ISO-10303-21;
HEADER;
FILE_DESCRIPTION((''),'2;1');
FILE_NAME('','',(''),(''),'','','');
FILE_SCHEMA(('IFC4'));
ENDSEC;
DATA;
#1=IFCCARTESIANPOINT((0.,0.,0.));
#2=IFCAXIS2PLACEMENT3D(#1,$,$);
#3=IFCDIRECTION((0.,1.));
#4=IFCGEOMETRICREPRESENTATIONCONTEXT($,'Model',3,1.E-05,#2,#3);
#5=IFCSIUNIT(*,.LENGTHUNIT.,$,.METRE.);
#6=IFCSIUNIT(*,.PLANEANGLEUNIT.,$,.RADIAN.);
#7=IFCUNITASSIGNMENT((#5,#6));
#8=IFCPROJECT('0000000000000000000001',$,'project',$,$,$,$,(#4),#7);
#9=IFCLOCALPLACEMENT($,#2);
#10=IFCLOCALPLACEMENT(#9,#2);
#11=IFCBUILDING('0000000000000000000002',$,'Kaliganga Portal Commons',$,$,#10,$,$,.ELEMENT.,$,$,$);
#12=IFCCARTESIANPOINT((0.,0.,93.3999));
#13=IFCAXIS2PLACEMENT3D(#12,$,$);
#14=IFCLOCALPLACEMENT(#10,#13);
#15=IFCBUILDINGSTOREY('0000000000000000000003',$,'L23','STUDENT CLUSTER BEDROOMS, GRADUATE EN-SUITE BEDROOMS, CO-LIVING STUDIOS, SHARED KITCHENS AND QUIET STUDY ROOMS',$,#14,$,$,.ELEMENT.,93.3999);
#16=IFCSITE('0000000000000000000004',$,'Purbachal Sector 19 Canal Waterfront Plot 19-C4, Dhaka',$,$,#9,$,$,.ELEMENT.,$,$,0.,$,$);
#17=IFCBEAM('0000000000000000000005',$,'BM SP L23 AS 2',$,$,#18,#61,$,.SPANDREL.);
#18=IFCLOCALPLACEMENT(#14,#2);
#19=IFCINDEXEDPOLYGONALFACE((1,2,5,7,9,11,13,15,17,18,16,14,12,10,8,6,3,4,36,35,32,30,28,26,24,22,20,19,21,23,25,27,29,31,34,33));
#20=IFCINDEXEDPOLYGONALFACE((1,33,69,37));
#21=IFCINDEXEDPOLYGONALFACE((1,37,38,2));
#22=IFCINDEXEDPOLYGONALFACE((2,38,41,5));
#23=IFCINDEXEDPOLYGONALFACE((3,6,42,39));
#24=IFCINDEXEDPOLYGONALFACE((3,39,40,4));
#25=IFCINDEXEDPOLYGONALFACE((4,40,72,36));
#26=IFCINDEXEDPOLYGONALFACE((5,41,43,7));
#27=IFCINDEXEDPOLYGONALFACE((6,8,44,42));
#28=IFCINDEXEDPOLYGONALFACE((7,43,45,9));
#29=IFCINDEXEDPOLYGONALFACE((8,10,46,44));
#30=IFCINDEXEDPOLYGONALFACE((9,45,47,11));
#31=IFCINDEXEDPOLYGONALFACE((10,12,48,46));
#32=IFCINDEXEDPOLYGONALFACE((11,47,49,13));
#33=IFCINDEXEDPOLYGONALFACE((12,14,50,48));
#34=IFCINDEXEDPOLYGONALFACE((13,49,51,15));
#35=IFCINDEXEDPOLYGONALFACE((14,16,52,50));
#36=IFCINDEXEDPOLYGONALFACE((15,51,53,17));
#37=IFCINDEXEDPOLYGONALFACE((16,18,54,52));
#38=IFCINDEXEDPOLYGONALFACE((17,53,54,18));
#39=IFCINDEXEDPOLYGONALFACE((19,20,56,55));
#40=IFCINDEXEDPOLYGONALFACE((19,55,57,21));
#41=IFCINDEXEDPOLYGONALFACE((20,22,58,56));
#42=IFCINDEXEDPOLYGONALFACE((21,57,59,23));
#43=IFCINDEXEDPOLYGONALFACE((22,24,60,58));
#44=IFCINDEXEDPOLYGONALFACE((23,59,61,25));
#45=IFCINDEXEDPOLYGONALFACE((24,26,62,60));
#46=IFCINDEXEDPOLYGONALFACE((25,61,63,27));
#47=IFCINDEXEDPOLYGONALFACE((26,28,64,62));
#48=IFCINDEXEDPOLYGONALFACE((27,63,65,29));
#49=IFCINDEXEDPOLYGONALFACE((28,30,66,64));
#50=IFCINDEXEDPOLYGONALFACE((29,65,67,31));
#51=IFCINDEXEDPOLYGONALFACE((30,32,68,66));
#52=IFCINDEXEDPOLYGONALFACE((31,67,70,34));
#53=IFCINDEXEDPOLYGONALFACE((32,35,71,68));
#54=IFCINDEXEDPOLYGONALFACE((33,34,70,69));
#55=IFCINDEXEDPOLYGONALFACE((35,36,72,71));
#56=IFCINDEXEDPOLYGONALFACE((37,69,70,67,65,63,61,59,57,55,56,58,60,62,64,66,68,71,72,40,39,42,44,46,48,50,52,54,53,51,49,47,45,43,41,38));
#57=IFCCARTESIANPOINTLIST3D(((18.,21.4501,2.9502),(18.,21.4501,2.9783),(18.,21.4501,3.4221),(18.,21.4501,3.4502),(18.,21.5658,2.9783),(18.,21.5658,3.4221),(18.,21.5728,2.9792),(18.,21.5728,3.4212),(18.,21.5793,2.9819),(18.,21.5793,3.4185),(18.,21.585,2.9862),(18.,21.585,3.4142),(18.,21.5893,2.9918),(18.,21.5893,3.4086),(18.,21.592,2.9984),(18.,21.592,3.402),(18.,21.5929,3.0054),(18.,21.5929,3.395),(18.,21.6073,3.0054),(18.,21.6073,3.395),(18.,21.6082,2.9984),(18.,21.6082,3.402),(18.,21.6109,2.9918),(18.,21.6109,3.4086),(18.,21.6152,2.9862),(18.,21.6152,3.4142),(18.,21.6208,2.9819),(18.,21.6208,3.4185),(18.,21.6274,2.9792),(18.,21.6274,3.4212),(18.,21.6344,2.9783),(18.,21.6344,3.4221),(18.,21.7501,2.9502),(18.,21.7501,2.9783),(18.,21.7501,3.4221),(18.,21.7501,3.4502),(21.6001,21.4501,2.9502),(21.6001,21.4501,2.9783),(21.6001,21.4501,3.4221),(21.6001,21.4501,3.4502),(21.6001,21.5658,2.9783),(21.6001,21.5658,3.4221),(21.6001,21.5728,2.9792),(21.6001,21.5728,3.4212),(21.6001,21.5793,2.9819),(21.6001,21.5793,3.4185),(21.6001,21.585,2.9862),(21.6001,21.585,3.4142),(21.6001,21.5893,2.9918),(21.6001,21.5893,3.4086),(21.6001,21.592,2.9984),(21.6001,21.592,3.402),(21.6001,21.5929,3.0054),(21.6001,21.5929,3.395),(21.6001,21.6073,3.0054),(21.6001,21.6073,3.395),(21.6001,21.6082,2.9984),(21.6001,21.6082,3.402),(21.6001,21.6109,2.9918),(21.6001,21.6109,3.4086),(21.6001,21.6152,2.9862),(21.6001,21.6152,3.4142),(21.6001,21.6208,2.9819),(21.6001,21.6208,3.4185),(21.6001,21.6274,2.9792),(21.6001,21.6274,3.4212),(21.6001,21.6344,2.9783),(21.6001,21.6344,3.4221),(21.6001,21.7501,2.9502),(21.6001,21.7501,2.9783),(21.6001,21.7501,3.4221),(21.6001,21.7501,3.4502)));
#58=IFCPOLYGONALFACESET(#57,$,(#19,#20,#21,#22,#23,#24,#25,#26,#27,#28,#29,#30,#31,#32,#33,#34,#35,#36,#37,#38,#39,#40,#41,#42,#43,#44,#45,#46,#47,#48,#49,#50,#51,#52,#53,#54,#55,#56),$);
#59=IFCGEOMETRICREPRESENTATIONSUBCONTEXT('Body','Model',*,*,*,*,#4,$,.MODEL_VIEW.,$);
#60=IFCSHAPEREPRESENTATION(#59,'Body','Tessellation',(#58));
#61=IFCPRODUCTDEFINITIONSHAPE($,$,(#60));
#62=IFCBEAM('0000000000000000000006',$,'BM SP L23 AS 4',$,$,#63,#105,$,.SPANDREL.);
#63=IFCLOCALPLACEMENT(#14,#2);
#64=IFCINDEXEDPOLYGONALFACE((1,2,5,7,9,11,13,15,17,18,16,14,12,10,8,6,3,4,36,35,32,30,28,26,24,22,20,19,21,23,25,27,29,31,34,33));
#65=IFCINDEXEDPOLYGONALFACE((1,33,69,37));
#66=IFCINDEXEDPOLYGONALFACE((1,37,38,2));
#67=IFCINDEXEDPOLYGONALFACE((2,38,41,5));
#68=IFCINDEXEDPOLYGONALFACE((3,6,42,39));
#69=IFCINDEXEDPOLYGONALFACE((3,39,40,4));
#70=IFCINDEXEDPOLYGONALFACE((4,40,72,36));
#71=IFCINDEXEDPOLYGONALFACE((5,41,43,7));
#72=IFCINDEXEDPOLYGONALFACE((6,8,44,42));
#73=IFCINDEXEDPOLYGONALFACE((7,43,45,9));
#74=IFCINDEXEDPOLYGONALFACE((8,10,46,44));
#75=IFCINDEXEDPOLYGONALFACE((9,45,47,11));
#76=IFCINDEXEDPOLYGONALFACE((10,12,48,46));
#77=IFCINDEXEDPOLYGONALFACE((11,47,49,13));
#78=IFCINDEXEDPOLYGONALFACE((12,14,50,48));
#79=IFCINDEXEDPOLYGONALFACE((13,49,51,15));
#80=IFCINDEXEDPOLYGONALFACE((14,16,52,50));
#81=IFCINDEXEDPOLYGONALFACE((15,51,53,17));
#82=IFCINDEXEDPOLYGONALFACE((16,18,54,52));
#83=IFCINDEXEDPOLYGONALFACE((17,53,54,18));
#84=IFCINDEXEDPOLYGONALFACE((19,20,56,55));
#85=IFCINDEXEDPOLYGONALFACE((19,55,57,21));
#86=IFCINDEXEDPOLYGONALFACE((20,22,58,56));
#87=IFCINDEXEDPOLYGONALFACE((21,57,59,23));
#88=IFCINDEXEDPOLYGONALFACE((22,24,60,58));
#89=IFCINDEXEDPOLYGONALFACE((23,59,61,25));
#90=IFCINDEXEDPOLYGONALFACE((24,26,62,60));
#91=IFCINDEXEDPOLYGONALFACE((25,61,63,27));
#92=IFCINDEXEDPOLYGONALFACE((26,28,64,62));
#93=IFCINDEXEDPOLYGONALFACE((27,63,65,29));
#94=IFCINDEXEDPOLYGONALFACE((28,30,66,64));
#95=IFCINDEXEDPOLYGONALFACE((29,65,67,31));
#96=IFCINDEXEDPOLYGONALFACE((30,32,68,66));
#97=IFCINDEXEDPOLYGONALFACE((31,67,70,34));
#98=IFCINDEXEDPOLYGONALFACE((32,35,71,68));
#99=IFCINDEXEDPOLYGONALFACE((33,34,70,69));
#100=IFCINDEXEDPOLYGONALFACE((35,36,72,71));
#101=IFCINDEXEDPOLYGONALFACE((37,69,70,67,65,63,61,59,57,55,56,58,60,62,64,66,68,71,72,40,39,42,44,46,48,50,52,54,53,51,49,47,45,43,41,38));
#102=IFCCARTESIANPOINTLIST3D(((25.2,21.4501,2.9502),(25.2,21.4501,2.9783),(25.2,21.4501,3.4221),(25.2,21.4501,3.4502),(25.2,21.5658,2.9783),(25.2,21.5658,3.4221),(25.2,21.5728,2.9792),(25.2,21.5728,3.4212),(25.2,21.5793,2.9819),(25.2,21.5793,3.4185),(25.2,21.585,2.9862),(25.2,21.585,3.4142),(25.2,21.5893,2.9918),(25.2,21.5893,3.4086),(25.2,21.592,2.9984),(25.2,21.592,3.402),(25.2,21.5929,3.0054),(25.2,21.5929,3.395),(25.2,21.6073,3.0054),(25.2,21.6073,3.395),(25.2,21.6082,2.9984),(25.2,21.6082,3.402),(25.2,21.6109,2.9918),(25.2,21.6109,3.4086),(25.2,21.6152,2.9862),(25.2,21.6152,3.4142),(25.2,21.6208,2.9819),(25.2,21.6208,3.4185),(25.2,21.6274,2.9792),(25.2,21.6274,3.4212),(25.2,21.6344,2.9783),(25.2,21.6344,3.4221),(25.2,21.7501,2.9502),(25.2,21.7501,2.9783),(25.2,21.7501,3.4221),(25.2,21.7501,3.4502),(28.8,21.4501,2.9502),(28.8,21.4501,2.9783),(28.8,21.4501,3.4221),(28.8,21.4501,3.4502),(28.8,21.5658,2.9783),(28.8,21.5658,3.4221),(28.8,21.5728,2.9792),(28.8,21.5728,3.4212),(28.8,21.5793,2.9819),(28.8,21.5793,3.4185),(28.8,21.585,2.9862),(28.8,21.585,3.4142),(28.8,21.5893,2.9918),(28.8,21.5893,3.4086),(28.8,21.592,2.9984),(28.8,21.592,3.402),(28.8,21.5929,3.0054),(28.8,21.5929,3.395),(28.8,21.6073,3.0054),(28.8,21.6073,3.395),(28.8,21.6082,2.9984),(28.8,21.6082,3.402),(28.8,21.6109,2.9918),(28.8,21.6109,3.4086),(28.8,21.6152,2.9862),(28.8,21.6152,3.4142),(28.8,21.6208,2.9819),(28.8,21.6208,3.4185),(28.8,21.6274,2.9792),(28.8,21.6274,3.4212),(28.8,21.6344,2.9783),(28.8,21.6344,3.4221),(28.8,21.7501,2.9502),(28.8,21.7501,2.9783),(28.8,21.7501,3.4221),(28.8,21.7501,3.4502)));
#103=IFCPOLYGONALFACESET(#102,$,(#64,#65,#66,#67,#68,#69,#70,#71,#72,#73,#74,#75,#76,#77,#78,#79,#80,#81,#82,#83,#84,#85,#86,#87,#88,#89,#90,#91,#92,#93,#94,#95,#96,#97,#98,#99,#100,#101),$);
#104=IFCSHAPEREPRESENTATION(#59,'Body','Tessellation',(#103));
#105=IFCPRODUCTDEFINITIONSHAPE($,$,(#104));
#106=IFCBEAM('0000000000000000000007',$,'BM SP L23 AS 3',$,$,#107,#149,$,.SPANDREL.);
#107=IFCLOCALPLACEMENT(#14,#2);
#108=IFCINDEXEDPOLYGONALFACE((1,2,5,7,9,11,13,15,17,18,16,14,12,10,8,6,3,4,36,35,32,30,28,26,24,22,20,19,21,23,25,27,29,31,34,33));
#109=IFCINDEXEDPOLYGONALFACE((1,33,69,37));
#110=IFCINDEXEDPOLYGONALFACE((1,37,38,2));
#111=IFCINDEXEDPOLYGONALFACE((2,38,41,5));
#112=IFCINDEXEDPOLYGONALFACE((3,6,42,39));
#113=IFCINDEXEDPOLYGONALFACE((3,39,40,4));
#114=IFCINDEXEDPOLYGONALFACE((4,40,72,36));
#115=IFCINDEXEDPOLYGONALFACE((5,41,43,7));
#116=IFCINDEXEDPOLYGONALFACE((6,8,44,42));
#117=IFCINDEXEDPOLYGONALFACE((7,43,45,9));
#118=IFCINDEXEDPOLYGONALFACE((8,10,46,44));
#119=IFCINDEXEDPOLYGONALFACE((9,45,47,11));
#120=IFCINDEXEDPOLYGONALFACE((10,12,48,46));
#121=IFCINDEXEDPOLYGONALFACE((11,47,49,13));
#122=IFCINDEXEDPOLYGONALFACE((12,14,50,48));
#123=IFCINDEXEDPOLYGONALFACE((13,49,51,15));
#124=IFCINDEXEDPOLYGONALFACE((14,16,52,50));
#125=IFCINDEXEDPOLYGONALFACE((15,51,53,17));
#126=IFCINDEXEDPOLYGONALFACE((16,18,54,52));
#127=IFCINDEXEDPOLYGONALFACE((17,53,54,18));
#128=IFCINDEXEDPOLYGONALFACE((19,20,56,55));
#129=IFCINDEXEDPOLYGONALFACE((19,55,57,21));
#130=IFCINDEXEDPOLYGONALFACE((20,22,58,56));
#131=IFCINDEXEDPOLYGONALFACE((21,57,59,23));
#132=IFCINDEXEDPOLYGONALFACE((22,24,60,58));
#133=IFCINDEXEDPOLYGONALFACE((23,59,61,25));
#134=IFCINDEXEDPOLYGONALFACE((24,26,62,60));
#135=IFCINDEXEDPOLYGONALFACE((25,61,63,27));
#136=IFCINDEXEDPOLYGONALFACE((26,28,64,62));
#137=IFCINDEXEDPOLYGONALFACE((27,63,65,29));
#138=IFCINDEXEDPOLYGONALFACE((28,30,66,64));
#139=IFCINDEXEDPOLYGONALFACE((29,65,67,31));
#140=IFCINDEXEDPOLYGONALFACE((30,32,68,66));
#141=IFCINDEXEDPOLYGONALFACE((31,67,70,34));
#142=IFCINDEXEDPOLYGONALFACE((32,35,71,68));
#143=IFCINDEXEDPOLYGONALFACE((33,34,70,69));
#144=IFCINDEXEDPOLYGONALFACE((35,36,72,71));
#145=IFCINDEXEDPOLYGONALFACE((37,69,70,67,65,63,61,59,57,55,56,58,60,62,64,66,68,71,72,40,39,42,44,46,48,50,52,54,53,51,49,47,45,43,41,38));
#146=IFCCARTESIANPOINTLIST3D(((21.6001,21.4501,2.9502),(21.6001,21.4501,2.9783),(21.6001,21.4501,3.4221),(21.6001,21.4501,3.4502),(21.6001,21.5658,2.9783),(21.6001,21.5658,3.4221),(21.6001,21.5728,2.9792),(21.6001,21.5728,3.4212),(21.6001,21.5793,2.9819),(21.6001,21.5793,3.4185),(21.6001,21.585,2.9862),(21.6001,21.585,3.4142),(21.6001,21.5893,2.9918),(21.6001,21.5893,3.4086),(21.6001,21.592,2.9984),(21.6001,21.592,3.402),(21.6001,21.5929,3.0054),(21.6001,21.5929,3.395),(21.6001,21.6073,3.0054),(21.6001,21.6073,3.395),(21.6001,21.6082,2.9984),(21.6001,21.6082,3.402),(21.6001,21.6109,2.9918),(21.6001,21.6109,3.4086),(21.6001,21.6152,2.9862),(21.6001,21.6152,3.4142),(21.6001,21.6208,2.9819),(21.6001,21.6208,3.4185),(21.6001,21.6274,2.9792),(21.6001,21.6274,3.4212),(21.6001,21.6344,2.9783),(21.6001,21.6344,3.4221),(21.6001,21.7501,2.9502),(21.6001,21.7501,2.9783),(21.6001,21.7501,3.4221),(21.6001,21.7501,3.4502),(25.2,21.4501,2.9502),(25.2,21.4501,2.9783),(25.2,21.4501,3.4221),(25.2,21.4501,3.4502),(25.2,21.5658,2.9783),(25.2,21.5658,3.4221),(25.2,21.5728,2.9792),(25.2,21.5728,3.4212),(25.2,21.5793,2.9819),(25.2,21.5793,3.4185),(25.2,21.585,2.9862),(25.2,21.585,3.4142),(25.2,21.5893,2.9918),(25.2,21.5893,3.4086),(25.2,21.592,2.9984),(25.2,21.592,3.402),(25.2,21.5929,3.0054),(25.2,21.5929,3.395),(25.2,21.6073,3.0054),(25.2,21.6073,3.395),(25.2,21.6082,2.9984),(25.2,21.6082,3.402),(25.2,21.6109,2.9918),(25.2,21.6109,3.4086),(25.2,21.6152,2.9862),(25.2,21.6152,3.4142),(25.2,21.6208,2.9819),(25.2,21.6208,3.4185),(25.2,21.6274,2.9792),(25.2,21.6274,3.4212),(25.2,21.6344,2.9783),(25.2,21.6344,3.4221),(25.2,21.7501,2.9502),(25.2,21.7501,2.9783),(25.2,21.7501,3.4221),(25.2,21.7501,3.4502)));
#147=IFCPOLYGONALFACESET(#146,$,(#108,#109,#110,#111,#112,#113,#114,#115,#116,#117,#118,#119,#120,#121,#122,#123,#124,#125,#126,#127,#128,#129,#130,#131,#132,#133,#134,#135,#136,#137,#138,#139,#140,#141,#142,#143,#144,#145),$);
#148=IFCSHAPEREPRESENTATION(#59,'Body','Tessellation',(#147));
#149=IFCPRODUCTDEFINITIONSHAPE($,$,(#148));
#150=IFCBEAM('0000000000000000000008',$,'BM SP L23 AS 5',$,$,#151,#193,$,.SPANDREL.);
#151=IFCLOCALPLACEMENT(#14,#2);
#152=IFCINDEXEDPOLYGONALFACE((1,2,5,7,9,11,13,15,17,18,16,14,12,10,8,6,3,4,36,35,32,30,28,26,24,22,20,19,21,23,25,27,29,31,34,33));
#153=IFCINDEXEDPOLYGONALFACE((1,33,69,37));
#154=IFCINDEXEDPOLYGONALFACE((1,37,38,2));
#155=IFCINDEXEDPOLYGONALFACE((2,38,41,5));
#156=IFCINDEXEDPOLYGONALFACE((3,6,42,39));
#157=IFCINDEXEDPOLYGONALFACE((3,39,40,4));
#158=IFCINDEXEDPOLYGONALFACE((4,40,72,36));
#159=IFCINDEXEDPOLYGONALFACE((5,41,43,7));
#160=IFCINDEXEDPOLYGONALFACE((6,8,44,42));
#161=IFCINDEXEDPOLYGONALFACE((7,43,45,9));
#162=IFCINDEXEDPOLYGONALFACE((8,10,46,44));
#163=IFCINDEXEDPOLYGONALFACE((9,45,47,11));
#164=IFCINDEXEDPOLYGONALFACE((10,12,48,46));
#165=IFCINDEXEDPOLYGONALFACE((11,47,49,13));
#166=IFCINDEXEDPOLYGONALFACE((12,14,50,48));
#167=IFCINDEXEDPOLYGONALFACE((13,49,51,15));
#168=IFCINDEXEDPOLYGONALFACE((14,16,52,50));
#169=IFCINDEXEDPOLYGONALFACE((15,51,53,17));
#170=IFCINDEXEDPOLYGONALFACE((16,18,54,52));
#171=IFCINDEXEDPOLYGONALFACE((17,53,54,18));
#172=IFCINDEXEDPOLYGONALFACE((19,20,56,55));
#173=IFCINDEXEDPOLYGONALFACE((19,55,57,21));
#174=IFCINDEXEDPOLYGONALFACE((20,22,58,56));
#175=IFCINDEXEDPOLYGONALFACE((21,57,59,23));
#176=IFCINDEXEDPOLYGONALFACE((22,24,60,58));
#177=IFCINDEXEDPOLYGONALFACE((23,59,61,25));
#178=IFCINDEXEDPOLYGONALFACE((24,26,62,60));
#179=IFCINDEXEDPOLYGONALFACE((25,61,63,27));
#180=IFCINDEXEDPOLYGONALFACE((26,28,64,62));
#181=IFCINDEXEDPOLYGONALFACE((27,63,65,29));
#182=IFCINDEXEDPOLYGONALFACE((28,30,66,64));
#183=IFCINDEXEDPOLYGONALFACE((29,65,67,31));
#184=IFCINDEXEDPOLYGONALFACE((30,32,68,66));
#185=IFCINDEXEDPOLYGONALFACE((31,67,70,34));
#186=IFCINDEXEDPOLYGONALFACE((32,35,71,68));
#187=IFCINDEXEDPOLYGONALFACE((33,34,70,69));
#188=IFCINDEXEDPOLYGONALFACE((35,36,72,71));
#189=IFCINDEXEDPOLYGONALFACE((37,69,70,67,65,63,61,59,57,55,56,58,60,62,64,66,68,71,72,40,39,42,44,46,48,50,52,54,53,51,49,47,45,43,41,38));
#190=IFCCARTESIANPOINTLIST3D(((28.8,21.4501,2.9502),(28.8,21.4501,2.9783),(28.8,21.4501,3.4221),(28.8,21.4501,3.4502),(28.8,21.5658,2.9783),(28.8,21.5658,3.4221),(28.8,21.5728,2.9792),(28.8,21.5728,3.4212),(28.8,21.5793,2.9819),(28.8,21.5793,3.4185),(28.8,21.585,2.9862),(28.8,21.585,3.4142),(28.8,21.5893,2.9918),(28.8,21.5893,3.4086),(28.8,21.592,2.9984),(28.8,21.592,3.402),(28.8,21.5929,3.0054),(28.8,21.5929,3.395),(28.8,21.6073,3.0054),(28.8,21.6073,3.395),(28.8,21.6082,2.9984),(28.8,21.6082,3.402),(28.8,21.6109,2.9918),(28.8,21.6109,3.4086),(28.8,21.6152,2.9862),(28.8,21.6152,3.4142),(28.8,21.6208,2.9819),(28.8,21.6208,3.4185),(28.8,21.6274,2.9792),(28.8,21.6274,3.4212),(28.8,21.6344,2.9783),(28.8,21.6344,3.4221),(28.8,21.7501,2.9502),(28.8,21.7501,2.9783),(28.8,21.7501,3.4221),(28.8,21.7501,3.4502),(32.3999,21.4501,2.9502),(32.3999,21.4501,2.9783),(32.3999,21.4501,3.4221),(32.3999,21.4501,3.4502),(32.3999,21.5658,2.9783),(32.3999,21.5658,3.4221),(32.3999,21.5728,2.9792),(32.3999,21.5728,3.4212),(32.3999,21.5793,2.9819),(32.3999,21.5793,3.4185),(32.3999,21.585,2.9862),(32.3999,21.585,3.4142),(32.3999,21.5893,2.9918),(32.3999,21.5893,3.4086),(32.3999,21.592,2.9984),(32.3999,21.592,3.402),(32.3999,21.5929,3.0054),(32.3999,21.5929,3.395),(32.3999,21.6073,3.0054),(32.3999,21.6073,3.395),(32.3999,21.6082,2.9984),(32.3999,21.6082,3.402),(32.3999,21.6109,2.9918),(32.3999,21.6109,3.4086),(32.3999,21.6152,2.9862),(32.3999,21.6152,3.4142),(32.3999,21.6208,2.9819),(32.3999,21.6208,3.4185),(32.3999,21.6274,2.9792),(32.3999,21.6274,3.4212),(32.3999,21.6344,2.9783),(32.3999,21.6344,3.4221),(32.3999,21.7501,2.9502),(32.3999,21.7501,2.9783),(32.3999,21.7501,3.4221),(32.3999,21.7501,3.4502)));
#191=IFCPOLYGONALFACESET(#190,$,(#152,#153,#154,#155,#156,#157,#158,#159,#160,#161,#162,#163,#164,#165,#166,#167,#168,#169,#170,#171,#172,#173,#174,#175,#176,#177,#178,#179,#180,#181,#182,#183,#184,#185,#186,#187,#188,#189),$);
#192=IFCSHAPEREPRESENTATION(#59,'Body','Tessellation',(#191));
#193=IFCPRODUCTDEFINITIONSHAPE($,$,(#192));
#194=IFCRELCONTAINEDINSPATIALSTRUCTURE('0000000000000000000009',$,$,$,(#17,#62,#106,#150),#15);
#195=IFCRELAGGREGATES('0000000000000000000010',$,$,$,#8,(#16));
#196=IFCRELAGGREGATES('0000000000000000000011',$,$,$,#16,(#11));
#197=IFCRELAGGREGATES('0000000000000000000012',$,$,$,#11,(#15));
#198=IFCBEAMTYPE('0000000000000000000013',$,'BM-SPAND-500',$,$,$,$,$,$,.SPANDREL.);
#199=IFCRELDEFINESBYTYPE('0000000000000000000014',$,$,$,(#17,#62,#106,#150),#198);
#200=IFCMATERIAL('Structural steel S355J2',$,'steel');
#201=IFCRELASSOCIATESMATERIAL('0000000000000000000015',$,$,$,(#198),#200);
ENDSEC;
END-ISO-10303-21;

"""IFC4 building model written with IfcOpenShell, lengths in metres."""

from ifc_helpers import new_model, si_unit, direction, frame, origin, origin_2d, place, context, subcontext, project, spatial, i_section, extrude, source, transform, mapped, material, material_profile, profile_set, type_object, element, save


model = new_model("IFC4")

# Units and contexts
model_context = context("Model", 3, precision=1e-05, world=origin(), true_north=direction((0.0, 1.0)))
body_context = subcontext(model_context, "Body", "Model", "MODEL_VIEW")
ifc_project = project(units=[si_unit("LENGTHUNIT", "METRE"), si_unit("PLANEANGLEUNIT", "RADIAN")], contexts=[model_context])

# Site, building, storey
site_placement = place(None, origin())
site = spatial("IfcSite", under=ifc_project, at=site_placement, Name="Purbachal Sector 19 Canal Waterfront Plot 19-C4, Dhaka", CompositionType="ELEMENT", RefElevation=0.0)
building_placement = place(site_placement, origin())
building = spatial("IfcBuilding", under=site, at=building_placement, Name="Kaliganga Portal Commons", CompositionType="ELEMENT")
storey_placement = place(building_placement, frame((0.0, 0.0, 93.3999)))
storey = spatial("IfcBuildingStorey", under=building, at=storey_placement, Name="L23", Description="STUDENT CLUSTER BEDROOMS, GRADUATE EN-SUITE BEDROOMS, CO-LIVING STUDIOS, SHARED KITCHENS AND QUIET STUDY ROOMS", CompositionType="ELEMENT", Elevation=93.3999)

# Beams
ifc_material_1 = material(Name="Structural steel S355J2", Category="steel")
ifc_material_profile_1 = material_profile(ifc_material_1, i_section(OverallWidth=0.3, OverallDepth=0.5, WebThickness=0.0144, FlangeThickness=0.0281, FilletRadius=0.0271, at=origin_2d()), Name="HE 500 B")
ifc_profile_set_1 = profile_set([ifc_material_profile_1], Name="Structural steel S355J2 wide-flange")
beam_type_1 = type_object("IfcBeamType", Name="BM-SPAND-500", PredefinedType="SPANDREL", material=ifc_profile_set_1)
shared_shape_1 = source(origin(), body_context, "Body", "SweptSolid", [
    extrude(i_section(OverallWidth=0.3, OverallDepth=0.5, WebThickness=0.0144, FlangeThickness=0.0281, FilletRadius=0.0271, at=origin_2d()), origin(), (0.0, 0.0, 1.0), 3.6001),
])
for number, where, z_axis, x_axis, name in (
    (1, (18.0, 21.6001, 3.2002), (1.0, 0.0, 0.0), (0.0, 1.0, 0.0), "BM SP L23 AS 2"),
    (2, (25.2, 21.6001, 3.2002), (1.0, 0.0, 0.0), (0.0, 1.0, 0.0), "BM SP L23 AS 4"),
):
    element("IfcBeam", number, at=place(storey_placement, frame(where, z_axis=z_axis, x_axis=x_axis)), inside=storey, type_object=beam_type_1, Name=name, PredefinedType="SPANDREL", context=body_context, shape_type="MappedRepresentation", body=[
        mapped(shared_shape_1, transform((0.0, 0.0, 0.0), x_axis=(1.0, 0.0, 0.0), y_axis=(0.0, 1.0, 0.0), z_axis=(0.0, 0.0, 1.0), scale=1.0)),
    ])
shared_shape_2 = source(origin(), body_context, "Body", "SweptSolid", [
    extrude(i_section(OverallWidth=0.3, OverallDepth=0.5, WebThickness=0.0144, FlangeThickness=0.0281, FilletRadius=0.0271, at=origin_2d()), origin(), (0.0, 0.0, 1.0), 3.5999),
])
for number, where, z_axis, x_axis, name in (
    (3, (21.6001, 21.6001, 3.2002), (1.0, 0.0, 0.0), (0.0, 1.0, 0.0), "BM SP L23 AS 3"),
    (4, (28.8, 21.6001, 3.2002), (1.0, 0.0, 0.0), (0.0, 1.0, 0.0), "BM SP L23 AS 5"),
):
    element("IfcBeam", number, at=place(storey_placement, frame(where, z_axis=z_axis, x_axis=x_axis)), inside=storey, type_object=beam_type_1, Name=name, PredefinedType="SPANDREL", context=body_context, shape_type="MappedRepresentation", body=[
        mapped(shared_shape_2, transform((0.0, 0.0, 0.0), x_axis=(1.0, 0.0, 0.0), y_axis=(0.0, 1.0, 0.0), z_axis=(0.0, 0.0, 1.0), scale=1.0)),
    ])

save(model, "model.ifc")
